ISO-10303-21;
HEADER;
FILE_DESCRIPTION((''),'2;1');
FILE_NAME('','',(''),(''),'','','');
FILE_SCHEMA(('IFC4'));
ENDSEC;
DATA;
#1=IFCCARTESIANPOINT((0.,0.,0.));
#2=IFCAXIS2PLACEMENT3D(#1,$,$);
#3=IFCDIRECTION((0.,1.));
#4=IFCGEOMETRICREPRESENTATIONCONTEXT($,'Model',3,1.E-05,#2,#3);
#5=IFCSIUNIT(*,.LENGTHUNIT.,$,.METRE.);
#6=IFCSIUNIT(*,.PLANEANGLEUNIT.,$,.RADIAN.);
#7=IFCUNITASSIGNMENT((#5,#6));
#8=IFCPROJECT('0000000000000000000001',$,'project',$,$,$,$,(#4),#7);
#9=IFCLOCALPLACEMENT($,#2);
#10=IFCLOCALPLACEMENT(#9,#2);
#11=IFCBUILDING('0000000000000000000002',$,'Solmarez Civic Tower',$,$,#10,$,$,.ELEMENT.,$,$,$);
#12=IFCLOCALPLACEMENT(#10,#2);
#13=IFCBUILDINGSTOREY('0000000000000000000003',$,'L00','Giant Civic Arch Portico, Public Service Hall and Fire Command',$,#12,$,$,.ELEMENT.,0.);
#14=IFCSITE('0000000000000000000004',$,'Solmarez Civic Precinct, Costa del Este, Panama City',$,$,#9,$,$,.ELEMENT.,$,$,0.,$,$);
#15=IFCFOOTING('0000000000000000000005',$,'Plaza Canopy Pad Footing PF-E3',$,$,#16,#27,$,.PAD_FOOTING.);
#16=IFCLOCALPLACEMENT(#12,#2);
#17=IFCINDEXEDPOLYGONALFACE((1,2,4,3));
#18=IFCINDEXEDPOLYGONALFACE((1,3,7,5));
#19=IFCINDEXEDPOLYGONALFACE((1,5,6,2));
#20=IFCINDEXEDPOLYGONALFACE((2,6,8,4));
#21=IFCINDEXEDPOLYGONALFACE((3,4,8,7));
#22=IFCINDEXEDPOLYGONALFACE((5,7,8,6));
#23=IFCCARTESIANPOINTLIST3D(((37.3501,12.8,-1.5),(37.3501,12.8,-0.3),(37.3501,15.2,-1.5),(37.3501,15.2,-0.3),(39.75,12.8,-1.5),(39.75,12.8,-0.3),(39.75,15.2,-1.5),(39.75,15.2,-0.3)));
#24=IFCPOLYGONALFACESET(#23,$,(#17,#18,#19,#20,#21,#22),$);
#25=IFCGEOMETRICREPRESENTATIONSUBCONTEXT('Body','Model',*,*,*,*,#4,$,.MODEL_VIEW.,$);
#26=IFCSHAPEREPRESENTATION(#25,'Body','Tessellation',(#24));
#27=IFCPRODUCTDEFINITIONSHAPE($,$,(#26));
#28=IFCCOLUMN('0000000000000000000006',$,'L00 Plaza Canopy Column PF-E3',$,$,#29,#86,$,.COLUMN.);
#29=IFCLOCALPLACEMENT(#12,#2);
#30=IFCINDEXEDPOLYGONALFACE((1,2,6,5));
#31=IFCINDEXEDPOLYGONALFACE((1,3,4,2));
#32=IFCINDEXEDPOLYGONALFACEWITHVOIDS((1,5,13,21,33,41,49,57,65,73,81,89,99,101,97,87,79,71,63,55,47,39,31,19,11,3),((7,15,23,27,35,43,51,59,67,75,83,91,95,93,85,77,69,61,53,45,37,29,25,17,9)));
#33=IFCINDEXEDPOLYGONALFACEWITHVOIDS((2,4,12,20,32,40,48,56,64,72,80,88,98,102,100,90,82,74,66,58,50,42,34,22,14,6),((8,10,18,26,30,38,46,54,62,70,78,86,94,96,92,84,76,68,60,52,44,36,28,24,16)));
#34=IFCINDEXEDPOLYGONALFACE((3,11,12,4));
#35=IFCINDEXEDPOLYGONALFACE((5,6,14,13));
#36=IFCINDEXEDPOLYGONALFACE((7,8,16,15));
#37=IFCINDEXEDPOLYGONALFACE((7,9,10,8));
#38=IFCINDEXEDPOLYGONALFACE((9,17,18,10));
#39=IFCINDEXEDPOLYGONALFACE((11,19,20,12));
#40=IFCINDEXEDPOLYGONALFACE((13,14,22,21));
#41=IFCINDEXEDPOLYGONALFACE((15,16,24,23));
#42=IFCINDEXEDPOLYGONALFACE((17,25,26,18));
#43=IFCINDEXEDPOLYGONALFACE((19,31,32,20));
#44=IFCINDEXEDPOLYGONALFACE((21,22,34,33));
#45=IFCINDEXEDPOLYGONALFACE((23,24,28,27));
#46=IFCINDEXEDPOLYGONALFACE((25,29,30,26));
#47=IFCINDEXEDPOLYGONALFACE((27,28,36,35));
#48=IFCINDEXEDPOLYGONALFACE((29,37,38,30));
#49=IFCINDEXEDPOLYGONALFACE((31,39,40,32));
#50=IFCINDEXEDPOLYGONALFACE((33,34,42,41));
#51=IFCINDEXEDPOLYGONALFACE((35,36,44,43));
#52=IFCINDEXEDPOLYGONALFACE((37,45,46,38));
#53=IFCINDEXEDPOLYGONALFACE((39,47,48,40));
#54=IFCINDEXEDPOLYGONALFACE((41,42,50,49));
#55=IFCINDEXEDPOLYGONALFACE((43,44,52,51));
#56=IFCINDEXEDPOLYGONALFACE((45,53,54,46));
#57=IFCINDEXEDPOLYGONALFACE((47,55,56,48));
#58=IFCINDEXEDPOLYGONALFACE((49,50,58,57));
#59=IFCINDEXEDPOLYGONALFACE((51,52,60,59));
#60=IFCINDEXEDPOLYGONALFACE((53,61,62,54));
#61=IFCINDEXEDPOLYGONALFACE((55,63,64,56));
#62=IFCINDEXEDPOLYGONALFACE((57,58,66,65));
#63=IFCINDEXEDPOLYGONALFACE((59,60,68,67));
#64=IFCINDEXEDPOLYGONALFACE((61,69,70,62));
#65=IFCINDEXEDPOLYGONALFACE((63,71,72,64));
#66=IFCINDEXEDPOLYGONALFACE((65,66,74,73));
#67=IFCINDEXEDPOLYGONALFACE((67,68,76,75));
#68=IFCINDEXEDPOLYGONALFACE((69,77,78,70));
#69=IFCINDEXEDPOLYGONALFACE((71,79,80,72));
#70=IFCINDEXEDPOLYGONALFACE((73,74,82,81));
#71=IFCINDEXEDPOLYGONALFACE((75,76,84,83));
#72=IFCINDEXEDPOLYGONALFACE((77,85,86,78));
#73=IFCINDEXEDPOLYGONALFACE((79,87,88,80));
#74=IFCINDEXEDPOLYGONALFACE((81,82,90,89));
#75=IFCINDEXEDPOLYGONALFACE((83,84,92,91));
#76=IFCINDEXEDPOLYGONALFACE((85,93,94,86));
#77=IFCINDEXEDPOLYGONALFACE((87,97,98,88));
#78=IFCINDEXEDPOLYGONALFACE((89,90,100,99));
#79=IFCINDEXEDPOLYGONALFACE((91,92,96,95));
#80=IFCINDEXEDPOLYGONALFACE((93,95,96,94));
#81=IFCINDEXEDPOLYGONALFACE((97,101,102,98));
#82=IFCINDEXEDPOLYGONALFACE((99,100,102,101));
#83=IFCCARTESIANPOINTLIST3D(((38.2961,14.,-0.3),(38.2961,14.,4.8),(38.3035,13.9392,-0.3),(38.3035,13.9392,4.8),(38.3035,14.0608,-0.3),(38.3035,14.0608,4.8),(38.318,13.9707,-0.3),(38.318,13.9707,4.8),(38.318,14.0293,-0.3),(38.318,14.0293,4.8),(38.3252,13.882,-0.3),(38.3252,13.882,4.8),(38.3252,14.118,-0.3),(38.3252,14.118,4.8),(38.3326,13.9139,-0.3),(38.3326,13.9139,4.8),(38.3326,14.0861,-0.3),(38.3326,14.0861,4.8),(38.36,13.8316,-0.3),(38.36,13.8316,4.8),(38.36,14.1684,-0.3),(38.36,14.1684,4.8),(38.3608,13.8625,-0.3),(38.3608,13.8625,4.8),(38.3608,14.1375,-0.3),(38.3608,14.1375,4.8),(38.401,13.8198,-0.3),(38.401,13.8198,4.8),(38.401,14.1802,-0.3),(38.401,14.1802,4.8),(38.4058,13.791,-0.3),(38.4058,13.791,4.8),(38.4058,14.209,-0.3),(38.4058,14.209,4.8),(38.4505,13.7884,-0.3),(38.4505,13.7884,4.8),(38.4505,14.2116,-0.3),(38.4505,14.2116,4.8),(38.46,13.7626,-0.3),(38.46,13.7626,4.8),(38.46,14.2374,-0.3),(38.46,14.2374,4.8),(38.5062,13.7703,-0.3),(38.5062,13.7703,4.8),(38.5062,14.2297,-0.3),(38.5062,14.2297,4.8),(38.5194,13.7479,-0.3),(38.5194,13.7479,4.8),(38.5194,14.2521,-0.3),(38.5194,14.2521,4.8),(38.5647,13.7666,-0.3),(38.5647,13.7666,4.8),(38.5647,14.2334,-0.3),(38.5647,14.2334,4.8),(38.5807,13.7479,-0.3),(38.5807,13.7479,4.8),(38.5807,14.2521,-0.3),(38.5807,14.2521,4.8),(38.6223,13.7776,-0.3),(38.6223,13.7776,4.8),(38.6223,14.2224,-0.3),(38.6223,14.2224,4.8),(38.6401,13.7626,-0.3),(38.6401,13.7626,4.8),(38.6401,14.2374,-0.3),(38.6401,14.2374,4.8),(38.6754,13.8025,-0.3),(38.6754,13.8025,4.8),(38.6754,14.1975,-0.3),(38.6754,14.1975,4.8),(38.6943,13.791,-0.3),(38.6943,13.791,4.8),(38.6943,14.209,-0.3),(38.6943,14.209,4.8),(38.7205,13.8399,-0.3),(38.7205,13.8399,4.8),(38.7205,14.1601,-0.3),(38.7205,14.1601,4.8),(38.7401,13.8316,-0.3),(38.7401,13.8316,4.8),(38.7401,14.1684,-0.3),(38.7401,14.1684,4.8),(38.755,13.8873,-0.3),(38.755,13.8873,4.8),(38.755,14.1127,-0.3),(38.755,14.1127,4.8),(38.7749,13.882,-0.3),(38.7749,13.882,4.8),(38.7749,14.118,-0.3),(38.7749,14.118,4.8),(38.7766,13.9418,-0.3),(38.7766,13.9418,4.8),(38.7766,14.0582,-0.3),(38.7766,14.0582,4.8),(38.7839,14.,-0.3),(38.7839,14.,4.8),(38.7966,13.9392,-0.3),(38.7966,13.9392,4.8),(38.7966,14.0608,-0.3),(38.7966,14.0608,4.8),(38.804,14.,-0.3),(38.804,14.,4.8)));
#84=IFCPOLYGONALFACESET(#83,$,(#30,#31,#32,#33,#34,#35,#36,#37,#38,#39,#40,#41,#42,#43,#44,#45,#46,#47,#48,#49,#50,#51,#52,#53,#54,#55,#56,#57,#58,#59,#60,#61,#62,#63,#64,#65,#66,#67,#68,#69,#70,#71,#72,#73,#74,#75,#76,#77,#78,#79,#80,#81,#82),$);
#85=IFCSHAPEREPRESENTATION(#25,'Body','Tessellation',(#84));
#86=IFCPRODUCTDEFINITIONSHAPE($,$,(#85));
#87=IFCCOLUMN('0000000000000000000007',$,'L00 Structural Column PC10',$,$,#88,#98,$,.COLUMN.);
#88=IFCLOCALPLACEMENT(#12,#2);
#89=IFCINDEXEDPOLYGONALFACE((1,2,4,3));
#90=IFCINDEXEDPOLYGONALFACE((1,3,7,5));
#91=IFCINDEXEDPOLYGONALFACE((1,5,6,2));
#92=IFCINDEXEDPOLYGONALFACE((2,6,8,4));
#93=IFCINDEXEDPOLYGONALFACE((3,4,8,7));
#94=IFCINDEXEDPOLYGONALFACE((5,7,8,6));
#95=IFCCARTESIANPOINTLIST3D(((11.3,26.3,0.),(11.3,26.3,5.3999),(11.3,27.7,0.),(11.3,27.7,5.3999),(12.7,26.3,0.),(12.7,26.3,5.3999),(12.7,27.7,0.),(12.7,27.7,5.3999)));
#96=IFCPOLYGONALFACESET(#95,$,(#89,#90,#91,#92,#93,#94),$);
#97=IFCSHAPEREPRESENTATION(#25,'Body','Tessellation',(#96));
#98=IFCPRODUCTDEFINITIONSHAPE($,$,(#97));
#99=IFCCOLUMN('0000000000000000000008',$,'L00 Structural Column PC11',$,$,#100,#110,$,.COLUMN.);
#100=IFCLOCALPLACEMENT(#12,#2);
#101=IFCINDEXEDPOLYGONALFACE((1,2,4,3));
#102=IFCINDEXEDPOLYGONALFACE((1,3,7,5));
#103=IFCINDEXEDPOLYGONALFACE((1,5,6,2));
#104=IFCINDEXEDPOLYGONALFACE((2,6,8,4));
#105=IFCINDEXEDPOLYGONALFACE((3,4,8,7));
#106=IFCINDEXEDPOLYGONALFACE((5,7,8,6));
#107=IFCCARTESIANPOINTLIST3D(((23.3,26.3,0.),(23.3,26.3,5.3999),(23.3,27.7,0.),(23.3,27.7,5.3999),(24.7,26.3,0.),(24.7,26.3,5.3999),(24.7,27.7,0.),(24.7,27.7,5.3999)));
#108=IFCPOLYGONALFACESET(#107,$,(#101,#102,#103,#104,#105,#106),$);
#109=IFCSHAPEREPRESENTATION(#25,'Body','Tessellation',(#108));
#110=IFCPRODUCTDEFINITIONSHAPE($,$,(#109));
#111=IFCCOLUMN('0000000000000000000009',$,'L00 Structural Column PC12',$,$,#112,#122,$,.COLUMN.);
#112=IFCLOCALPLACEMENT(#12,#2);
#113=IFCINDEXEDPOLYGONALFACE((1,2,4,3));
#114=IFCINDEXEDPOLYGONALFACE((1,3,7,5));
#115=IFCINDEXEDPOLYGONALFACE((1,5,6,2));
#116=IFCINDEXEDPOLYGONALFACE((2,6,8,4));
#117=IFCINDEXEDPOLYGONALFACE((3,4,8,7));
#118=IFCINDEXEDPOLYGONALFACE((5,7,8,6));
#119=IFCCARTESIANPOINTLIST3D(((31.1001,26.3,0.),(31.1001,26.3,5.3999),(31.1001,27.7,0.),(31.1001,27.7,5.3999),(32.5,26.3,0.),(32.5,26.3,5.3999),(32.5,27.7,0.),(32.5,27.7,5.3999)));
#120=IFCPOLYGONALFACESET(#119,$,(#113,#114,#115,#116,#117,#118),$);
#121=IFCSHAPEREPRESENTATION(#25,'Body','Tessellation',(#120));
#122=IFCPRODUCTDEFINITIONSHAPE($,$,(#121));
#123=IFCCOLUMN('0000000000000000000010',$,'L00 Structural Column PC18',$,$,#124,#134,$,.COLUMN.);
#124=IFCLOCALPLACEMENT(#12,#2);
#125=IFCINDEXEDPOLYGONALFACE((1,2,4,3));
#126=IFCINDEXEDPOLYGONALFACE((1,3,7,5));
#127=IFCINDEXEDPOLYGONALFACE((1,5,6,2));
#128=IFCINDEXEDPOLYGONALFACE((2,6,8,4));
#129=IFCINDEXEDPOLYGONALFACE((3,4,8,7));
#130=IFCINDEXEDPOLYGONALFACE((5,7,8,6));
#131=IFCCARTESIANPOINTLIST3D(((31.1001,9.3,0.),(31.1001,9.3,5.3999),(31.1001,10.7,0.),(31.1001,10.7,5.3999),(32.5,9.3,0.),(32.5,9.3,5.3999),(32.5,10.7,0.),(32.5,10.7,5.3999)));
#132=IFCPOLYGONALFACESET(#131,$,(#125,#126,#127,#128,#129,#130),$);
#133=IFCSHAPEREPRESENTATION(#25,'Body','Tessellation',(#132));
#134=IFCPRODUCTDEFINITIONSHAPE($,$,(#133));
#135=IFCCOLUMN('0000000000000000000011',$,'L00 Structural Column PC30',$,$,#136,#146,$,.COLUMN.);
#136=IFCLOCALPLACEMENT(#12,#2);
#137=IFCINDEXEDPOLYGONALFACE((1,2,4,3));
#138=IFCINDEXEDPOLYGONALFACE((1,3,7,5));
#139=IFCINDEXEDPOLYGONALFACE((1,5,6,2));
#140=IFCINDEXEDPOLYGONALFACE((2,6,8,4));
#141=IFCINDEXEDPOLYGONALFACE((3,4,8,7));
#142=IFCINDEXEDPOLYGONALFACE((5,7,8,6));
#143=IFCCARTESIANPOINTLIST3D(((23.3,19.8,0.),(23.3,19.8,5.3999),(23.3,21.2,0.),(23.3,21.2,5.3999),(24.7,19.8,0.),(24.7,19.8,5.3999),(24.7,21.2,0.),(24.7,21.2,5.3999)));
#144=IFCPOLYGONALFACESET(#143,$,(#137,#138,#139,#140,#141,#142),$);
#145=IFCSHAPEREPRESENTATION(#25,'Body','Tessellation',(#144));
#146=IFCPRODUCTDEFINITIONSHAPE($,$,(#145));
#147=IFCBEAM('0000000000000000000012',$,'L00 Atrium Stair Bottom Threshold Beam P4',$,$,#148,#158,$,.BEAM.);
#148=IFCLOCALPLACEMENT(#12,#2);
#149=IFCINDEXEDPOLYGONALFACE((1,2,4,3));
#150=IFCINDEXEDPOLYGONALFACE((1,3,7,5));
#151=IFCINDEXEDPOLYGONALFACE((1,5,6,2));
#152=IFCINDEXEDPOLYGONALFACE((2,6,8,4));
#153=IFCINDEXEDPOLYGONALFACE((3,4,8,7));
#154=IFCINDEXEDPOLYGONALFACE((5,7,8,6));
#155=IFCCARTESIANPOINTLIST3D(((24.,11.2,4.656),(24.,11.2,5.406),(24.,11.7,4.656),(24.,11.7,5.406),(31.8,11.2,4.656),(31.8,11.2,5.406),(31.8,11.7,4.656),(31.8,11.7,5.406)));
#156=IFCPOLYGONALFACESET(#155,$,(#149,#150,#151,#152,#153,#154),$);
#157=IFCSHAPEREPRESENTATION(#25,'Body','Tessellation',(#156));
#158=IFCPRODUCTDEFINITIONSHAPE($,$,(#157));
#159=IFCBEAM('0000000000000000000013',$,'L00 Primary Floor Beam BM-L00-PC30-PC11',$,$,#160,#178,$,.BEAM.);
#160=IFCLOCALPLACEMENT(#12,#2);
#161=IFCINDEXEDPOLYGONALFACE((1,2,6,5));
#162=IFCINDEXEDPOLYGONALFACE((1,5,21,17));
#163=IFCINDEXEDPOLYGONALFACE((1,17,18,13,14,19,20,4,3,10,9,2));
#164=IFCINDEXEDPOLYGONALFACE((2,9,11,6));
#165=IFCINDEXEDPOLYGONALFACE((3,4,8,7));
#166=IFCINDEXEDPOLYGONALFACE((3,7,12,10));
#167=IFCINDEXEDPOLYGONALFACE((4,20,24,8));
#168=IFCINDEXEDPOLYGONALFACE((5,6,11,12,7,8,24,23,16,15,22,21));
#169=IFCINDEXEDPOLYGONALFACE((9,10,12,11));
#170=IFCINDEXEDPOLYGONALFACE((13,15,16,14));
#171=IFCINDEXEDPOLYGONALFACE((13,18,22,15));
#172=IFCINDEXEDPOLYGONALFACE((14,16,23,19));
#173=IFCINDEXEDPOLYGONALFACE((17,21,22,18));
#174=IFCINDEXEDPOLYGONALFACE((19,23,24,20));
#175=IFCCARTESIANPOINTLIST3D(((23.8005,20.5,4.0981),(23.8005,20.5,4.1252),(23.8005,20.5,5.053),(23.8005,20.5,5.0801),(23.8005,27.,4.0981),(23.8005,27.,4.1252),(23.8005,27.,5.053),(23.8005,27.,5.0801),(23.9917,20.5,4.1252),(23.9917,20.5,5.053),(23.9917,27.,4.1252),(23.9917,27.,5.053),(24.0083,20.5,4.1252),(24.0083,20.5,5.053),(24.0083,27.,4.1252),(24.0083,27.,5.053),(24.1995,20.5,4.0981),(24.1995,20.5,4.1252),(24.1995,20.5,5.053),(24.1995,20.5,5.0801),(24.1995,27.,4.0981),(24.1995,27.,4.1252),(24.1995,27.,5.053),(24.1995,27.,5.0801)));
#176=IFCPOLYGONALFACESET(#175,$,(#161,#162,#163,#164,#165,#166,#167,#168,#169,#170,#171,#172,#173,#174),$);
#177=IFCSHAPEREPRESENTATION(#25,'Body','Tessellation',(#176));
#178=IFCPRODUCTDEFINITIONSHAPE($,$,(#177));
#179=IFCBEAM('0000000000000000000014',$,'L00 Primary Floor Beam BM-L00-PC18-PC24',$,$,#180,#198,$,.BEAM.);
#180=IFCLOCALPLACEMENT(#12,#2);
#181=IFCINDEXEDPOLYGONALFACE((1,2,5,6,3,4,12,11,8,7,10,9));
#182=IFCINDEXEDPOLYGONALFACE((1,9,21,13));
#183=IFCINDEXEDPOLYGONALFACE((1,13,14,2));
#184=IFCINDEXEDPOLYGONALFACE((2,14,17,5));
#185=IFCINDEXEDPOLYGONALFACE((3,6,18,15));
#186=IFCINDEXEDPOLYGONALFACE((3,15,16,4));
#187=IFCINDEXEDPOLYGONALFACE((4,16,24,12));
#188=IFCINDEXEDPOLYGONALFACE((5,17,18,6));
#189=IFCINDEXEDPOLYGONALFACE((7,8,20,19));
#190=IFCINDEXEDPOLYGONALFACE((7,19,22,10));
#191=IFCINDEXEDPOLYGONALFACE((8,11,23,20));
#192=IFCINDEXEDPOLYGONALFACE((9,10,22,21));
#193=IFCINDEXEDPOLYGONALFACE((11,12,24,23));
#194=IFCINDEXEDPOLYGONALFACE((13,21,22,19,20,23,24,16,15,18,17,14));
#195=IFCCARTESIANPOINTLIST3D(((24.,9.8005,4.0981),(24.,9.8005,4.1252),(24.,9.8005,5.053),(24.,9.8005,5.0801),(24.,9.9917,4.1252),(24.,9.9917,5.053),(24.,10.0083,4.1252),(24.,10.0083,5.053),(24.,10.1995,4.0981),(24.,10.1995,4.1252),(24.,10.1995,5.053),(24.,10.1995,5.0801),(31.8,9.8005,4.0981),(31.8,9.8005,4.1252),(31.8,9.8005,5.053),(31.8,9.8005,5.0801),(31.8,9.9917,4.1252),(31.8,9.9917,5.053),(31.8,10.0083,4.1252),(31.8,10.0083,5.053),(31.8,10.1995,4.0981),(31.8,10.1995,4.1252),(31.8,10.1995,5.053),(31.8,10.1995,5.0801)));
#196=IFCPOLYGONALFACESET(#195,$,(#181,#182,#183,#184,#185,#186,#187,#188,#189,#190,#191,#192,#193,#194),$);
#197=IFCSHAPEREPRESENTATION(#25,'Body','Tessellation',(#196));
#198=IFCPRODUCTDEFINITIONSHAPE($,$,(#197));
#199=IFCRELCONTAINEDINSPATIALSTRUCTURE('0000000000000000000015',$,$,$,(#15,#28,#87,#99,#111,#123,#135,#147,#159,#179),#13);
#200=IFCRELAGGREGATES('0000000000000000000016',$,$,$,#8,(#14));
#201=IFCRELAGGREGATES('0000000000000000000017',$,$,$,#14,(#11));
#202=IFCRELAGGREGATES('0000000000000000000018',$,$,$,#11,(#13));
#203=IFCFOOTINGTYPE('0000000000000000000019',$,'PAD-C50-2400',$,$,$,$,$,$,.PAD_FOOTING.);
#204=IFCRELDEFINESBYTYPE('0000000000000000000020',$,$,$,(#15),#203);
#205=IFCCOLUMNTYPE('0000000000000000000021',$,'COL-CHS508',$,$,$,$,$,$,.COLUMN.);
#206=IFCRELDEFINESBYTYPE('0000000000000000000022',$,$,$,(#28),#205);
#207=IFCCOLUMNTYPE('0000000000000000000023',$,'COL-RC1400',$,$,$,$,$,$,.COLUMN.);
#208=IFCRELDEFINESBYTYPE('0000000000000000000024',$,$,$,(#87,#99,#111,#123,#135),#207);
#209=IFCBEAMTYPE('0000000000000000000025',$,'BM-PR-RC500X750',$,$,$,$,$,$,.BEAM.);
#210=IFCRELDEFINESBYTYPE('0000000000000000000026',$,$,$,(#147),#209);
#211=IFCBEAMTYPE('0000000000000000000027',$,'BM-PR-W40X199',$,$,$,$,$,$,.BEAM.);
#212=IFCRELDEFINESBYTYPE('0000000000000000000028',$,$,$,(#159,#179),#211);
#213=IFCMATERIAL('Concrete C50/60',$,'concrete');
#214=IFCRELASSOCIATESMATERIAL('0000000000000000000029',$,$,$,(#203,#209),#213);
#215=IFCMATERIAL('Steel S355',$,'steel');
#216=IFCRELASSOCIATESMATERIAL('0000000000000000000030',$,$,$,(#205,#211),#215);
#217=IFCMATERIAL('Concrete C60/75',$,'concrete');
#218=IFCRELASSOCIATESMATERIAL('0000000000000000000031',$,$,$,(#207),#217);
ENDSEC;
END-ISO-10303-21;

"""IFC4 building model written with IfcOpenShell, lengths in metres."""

from ifc_helpers import new_model, si_unit, direction, frame, origin, origin_2d, place, context, subcontext, project, spatial, rectangle, hollow_circle, i_section, extrude, material, material_profile, profile_set, type_object, element, save


model = new_model("IFC4")

# Units and contexts
model_context = context("Model", 3, precision=1e-05, world=origin(), true_north=direction((0.0, 1.0)))
body_context = subcontext(model_context, "Body", "Model", "MODEL_VIEW")
ifc_project = project(units=[si_unit("LENGTHUNIT", "METRE"), si_unit("PLANEANGLEUNIT", "RADIAN")], contexts=[model_context])

# Site, building, storey
site_placement = place(None, origin())
site = spatial("IfcSite", under=ifc_project, at=site_placement, Name="Solmarez Civic Precinct, Costa del Este, Panama City", CompositionType="ELEMENT", RefElevation=0.0)
building_placement = place(site_placement, origin())
building = spatial("IfcBuilding", under=site, at=building_placement, Name="Solmarez Civic Tower", CompositionType="ELEMENT")
storey_placement = place(building_placement, origin())
storey = spatial("IfcBuildingStorey", under=building, at=storey_placement, Name="L00", Description="Giant Civic Arch Portico, Public Service Hall and Fire Command", CompositionType="ELEMENT", Elevation=0.0)

# Footing
ifc_material_1 = material(Name="Concrete C50/60", Category="concrete")
footing_type = type_object("IfcFootingType", Name="PAD-C50-2400", PredefinedType="PAD_FOOTING", material=ifc_material_1)
footing_placement = place(storey_placement, frame((38.55, 14.0, -1.5), z_axis=(0.0, 0.0, 1.0), x_axis=(1.0, 0.0, 0.0)))
element("IfcFooting", 1, at=footing_placement, inside=storey, type_object=footing_type, Name="Plaza Canopy Pad Footing PF-E3", PredefinedType="PAD_FOOTING", context=body_context, shape_type="SweptSolid", body=[
    extrude(rectangle(XDim=2.3999, YDim=2.3999, at=origin_2d()), origin(), (0.0, 0.0, 1.0), 1.2),
])

# Columns
ifc_material_2 = material(Name="Steel S355", Category="steel")
ifc_material_profile_1 = material_profile(ifc_material_2, hollow_circle(Radius=0.2539, WallThickness=0.02, at=origin_2d()), Name="CHS508X20")
ifc_profile_set_1 = profile_set([ifc_material_profile_1], Name="Steel S355")
column_type_1 = type_object("IfcColumnType", Name="COL-CHS508", PredefinedType="COLUMN", material=ifc_profile_set_1)
column_placement = place(storey_placement, frame((38.55, 14.0, -0.3), z_axis=(0.0, 0.0, 1.0), x_axis=(1.0, 0.0, 0.0)))
element("IfcColumn", 2, at=column_placement, inside=storey, type_object=column_type_1, Name="L00 Plaza Canopy Column PF-E3", PredefinedType="COLUMN", context=body_context, shape_type="SweptSolid", body=[
    extrude(hollow_circle(Radius=0.2539, WallThickness=0.02, at=origin_2d()), origin(), (0.0, 0.0, 1.0), 5.1001),
])
ifc_material_3 = material(Name="Concrete C60/75", Category="concrete")
ifc_material_profile_2 = material_profile(ifc_material_3, rectangle(XDim=1.3999, YDim=1.3999, at=origin_2d()), Name="RC1400X1400")
ifc_profile_set_2 = profile_set([ifc_material_profile_2], Name="Concrete C60/75")
column_type_2 = type_object("IfcColumnType", Name="COL-RC1400", PredefinedType="COLUMN", material=ifc_profile_set_2)
for number, where, z_axis, x_axis, name in (
    (3, (12.0, 27.0, 0.0), (0.0, 0.0, 1.0), (1.0, 0.0, 0.0), "L00 Structural Column PC10"),
    (4, (24.0, 27.0, 0.0), (0.0, 0.0, 1.0), (1.0, 0.0, 0.0), "L00 Structural Column PC11"),
    (5, (31.8, 27.0, 0.0), (0.0, 0.0, 1.0), (1.0, 0.0, 0.0), "L00 Structural Column PC12"),
    (6, (31.8, 10.0, 0.0), (0.0, 0.0, 1.0), (1.0, 0.0, 0.0), "L00 Structural Column PC18"),
    (7, (24.0, 20.5, 0.0), (0.0, 0.0, 1.0), (1.0, 0.0, 0.0), "L00 Structural Column PC30"),
):
    element("IfcColumn", number, at=place(storey_placement, frame(where, z_axis=z_axis, x_axis=x_axis)), inside=storey, type_object=column_type_2, Name=name, PredefinedType="COLUMN", context=body_context, shape_type="SweptSolid", body=[
        extrude(rectangle(XDim=1.3999, YDim=1.3999, at=origin_2d()), origin(), (0.0, 0.0, 1.0), 5.3999),
    ])

# Beams
ifc_material_profile_3 = material_profile(ifc_material_1, rectangle(XDim=0.5, YDim=0.75, at=origin_2d()), Name="RC500X750")
ifc_profile_set_3 = profile_set([ifc_material_profile_3], Name="Concrete C50/60")
beam_type_1 = type_object("IfcBeamType", Name="BM-PR-RC500X750", PredefinedType="BEAM", material=ifc_profile_set_3)
beam_1_placement = place(storey_placement, frame((24.0, 11.45, 5.031), z_axis=(1.0, 0.0, 0.0), x_axis=(0.0, 1.0, 0.0)))
element("IfcBeam", 8, at=beam_1_placement, inside=storey, type_object=beam_type_1, Name="L00 Atrium Stair Bottom Threshold Beam P4", PredefinedType="BEAM", context=body_context, shape_type="SweptSolid", body=[
    extrude(rectangle(XDim=0.5, YDim=0.75, at=origin_2d()), origin(), (0.0, 0.0, 1.0), 7.8),
])
ifc_material_profile_4 = material_profile(ifc_material_2, i_section(OverallWidth=0.3989, OverallDepth=0.9819, WebThickness=0.0166, FlangeThickness=0.0271, at=origin_2d()), Name="W40X199")
ifc_profile_set_4 = profile_set([ifc_material_profile_4], Name="Steel S355")
beam_type_2 = type_object("IfcBeamType", Name="BM-PR-W40X199", PredefinedType="BEAM", material=ifc_profile_set_4)
beam_2_placement = place(storey_placement, frame((24.0, 20.5, 4.5891), z_axis=(0.0, 1.0, 0.0), x_axis=(-1.0, 0.0, 0.0)))
element("IfcBeam", 9, at=beam_2_placement, inside=storey, type_object=beam_type_2, Name="L00 Primary Floor Beam BM-L00-PC30-PC11", PredefinedType="BEAM", context=body_context, shape_type="SweptSolid", body=[
    extrude(i_section(OverallWidth=0.3989, OverallDepth=0.9819, WebThickness=0.0166, FlangeThickness=0.0271, at=origin_2d()), origin(), (0.0, 0.0, 1.0), 6.5),
])
beam_3_placement = place(storey_placement, frame((31.8, 10.0, 4.5891), z_axis=(-1.0, 0.0, 0.0), x_axis=(0.0, -1.0, 0.0)))
element("IfcBeam", 10, at=beam_3_placement, inside=storey, type_object=beam_type_2, Name="L00 Primary Floor Beam BM-L00-PC18-PC24", PredefinedType="BEAM", context=body_context, shape_type="SweptSolid", body=[
    extrude(i_section(OverallWidth=0.3989, OverallDepth=0.9819, WebThickness=0.0166, FlangeThickness=0.0271, at=origin_2d()), origin(), (0.0, 0.0, 1.0), 7.8),
])

save(model, "model.ifc")
